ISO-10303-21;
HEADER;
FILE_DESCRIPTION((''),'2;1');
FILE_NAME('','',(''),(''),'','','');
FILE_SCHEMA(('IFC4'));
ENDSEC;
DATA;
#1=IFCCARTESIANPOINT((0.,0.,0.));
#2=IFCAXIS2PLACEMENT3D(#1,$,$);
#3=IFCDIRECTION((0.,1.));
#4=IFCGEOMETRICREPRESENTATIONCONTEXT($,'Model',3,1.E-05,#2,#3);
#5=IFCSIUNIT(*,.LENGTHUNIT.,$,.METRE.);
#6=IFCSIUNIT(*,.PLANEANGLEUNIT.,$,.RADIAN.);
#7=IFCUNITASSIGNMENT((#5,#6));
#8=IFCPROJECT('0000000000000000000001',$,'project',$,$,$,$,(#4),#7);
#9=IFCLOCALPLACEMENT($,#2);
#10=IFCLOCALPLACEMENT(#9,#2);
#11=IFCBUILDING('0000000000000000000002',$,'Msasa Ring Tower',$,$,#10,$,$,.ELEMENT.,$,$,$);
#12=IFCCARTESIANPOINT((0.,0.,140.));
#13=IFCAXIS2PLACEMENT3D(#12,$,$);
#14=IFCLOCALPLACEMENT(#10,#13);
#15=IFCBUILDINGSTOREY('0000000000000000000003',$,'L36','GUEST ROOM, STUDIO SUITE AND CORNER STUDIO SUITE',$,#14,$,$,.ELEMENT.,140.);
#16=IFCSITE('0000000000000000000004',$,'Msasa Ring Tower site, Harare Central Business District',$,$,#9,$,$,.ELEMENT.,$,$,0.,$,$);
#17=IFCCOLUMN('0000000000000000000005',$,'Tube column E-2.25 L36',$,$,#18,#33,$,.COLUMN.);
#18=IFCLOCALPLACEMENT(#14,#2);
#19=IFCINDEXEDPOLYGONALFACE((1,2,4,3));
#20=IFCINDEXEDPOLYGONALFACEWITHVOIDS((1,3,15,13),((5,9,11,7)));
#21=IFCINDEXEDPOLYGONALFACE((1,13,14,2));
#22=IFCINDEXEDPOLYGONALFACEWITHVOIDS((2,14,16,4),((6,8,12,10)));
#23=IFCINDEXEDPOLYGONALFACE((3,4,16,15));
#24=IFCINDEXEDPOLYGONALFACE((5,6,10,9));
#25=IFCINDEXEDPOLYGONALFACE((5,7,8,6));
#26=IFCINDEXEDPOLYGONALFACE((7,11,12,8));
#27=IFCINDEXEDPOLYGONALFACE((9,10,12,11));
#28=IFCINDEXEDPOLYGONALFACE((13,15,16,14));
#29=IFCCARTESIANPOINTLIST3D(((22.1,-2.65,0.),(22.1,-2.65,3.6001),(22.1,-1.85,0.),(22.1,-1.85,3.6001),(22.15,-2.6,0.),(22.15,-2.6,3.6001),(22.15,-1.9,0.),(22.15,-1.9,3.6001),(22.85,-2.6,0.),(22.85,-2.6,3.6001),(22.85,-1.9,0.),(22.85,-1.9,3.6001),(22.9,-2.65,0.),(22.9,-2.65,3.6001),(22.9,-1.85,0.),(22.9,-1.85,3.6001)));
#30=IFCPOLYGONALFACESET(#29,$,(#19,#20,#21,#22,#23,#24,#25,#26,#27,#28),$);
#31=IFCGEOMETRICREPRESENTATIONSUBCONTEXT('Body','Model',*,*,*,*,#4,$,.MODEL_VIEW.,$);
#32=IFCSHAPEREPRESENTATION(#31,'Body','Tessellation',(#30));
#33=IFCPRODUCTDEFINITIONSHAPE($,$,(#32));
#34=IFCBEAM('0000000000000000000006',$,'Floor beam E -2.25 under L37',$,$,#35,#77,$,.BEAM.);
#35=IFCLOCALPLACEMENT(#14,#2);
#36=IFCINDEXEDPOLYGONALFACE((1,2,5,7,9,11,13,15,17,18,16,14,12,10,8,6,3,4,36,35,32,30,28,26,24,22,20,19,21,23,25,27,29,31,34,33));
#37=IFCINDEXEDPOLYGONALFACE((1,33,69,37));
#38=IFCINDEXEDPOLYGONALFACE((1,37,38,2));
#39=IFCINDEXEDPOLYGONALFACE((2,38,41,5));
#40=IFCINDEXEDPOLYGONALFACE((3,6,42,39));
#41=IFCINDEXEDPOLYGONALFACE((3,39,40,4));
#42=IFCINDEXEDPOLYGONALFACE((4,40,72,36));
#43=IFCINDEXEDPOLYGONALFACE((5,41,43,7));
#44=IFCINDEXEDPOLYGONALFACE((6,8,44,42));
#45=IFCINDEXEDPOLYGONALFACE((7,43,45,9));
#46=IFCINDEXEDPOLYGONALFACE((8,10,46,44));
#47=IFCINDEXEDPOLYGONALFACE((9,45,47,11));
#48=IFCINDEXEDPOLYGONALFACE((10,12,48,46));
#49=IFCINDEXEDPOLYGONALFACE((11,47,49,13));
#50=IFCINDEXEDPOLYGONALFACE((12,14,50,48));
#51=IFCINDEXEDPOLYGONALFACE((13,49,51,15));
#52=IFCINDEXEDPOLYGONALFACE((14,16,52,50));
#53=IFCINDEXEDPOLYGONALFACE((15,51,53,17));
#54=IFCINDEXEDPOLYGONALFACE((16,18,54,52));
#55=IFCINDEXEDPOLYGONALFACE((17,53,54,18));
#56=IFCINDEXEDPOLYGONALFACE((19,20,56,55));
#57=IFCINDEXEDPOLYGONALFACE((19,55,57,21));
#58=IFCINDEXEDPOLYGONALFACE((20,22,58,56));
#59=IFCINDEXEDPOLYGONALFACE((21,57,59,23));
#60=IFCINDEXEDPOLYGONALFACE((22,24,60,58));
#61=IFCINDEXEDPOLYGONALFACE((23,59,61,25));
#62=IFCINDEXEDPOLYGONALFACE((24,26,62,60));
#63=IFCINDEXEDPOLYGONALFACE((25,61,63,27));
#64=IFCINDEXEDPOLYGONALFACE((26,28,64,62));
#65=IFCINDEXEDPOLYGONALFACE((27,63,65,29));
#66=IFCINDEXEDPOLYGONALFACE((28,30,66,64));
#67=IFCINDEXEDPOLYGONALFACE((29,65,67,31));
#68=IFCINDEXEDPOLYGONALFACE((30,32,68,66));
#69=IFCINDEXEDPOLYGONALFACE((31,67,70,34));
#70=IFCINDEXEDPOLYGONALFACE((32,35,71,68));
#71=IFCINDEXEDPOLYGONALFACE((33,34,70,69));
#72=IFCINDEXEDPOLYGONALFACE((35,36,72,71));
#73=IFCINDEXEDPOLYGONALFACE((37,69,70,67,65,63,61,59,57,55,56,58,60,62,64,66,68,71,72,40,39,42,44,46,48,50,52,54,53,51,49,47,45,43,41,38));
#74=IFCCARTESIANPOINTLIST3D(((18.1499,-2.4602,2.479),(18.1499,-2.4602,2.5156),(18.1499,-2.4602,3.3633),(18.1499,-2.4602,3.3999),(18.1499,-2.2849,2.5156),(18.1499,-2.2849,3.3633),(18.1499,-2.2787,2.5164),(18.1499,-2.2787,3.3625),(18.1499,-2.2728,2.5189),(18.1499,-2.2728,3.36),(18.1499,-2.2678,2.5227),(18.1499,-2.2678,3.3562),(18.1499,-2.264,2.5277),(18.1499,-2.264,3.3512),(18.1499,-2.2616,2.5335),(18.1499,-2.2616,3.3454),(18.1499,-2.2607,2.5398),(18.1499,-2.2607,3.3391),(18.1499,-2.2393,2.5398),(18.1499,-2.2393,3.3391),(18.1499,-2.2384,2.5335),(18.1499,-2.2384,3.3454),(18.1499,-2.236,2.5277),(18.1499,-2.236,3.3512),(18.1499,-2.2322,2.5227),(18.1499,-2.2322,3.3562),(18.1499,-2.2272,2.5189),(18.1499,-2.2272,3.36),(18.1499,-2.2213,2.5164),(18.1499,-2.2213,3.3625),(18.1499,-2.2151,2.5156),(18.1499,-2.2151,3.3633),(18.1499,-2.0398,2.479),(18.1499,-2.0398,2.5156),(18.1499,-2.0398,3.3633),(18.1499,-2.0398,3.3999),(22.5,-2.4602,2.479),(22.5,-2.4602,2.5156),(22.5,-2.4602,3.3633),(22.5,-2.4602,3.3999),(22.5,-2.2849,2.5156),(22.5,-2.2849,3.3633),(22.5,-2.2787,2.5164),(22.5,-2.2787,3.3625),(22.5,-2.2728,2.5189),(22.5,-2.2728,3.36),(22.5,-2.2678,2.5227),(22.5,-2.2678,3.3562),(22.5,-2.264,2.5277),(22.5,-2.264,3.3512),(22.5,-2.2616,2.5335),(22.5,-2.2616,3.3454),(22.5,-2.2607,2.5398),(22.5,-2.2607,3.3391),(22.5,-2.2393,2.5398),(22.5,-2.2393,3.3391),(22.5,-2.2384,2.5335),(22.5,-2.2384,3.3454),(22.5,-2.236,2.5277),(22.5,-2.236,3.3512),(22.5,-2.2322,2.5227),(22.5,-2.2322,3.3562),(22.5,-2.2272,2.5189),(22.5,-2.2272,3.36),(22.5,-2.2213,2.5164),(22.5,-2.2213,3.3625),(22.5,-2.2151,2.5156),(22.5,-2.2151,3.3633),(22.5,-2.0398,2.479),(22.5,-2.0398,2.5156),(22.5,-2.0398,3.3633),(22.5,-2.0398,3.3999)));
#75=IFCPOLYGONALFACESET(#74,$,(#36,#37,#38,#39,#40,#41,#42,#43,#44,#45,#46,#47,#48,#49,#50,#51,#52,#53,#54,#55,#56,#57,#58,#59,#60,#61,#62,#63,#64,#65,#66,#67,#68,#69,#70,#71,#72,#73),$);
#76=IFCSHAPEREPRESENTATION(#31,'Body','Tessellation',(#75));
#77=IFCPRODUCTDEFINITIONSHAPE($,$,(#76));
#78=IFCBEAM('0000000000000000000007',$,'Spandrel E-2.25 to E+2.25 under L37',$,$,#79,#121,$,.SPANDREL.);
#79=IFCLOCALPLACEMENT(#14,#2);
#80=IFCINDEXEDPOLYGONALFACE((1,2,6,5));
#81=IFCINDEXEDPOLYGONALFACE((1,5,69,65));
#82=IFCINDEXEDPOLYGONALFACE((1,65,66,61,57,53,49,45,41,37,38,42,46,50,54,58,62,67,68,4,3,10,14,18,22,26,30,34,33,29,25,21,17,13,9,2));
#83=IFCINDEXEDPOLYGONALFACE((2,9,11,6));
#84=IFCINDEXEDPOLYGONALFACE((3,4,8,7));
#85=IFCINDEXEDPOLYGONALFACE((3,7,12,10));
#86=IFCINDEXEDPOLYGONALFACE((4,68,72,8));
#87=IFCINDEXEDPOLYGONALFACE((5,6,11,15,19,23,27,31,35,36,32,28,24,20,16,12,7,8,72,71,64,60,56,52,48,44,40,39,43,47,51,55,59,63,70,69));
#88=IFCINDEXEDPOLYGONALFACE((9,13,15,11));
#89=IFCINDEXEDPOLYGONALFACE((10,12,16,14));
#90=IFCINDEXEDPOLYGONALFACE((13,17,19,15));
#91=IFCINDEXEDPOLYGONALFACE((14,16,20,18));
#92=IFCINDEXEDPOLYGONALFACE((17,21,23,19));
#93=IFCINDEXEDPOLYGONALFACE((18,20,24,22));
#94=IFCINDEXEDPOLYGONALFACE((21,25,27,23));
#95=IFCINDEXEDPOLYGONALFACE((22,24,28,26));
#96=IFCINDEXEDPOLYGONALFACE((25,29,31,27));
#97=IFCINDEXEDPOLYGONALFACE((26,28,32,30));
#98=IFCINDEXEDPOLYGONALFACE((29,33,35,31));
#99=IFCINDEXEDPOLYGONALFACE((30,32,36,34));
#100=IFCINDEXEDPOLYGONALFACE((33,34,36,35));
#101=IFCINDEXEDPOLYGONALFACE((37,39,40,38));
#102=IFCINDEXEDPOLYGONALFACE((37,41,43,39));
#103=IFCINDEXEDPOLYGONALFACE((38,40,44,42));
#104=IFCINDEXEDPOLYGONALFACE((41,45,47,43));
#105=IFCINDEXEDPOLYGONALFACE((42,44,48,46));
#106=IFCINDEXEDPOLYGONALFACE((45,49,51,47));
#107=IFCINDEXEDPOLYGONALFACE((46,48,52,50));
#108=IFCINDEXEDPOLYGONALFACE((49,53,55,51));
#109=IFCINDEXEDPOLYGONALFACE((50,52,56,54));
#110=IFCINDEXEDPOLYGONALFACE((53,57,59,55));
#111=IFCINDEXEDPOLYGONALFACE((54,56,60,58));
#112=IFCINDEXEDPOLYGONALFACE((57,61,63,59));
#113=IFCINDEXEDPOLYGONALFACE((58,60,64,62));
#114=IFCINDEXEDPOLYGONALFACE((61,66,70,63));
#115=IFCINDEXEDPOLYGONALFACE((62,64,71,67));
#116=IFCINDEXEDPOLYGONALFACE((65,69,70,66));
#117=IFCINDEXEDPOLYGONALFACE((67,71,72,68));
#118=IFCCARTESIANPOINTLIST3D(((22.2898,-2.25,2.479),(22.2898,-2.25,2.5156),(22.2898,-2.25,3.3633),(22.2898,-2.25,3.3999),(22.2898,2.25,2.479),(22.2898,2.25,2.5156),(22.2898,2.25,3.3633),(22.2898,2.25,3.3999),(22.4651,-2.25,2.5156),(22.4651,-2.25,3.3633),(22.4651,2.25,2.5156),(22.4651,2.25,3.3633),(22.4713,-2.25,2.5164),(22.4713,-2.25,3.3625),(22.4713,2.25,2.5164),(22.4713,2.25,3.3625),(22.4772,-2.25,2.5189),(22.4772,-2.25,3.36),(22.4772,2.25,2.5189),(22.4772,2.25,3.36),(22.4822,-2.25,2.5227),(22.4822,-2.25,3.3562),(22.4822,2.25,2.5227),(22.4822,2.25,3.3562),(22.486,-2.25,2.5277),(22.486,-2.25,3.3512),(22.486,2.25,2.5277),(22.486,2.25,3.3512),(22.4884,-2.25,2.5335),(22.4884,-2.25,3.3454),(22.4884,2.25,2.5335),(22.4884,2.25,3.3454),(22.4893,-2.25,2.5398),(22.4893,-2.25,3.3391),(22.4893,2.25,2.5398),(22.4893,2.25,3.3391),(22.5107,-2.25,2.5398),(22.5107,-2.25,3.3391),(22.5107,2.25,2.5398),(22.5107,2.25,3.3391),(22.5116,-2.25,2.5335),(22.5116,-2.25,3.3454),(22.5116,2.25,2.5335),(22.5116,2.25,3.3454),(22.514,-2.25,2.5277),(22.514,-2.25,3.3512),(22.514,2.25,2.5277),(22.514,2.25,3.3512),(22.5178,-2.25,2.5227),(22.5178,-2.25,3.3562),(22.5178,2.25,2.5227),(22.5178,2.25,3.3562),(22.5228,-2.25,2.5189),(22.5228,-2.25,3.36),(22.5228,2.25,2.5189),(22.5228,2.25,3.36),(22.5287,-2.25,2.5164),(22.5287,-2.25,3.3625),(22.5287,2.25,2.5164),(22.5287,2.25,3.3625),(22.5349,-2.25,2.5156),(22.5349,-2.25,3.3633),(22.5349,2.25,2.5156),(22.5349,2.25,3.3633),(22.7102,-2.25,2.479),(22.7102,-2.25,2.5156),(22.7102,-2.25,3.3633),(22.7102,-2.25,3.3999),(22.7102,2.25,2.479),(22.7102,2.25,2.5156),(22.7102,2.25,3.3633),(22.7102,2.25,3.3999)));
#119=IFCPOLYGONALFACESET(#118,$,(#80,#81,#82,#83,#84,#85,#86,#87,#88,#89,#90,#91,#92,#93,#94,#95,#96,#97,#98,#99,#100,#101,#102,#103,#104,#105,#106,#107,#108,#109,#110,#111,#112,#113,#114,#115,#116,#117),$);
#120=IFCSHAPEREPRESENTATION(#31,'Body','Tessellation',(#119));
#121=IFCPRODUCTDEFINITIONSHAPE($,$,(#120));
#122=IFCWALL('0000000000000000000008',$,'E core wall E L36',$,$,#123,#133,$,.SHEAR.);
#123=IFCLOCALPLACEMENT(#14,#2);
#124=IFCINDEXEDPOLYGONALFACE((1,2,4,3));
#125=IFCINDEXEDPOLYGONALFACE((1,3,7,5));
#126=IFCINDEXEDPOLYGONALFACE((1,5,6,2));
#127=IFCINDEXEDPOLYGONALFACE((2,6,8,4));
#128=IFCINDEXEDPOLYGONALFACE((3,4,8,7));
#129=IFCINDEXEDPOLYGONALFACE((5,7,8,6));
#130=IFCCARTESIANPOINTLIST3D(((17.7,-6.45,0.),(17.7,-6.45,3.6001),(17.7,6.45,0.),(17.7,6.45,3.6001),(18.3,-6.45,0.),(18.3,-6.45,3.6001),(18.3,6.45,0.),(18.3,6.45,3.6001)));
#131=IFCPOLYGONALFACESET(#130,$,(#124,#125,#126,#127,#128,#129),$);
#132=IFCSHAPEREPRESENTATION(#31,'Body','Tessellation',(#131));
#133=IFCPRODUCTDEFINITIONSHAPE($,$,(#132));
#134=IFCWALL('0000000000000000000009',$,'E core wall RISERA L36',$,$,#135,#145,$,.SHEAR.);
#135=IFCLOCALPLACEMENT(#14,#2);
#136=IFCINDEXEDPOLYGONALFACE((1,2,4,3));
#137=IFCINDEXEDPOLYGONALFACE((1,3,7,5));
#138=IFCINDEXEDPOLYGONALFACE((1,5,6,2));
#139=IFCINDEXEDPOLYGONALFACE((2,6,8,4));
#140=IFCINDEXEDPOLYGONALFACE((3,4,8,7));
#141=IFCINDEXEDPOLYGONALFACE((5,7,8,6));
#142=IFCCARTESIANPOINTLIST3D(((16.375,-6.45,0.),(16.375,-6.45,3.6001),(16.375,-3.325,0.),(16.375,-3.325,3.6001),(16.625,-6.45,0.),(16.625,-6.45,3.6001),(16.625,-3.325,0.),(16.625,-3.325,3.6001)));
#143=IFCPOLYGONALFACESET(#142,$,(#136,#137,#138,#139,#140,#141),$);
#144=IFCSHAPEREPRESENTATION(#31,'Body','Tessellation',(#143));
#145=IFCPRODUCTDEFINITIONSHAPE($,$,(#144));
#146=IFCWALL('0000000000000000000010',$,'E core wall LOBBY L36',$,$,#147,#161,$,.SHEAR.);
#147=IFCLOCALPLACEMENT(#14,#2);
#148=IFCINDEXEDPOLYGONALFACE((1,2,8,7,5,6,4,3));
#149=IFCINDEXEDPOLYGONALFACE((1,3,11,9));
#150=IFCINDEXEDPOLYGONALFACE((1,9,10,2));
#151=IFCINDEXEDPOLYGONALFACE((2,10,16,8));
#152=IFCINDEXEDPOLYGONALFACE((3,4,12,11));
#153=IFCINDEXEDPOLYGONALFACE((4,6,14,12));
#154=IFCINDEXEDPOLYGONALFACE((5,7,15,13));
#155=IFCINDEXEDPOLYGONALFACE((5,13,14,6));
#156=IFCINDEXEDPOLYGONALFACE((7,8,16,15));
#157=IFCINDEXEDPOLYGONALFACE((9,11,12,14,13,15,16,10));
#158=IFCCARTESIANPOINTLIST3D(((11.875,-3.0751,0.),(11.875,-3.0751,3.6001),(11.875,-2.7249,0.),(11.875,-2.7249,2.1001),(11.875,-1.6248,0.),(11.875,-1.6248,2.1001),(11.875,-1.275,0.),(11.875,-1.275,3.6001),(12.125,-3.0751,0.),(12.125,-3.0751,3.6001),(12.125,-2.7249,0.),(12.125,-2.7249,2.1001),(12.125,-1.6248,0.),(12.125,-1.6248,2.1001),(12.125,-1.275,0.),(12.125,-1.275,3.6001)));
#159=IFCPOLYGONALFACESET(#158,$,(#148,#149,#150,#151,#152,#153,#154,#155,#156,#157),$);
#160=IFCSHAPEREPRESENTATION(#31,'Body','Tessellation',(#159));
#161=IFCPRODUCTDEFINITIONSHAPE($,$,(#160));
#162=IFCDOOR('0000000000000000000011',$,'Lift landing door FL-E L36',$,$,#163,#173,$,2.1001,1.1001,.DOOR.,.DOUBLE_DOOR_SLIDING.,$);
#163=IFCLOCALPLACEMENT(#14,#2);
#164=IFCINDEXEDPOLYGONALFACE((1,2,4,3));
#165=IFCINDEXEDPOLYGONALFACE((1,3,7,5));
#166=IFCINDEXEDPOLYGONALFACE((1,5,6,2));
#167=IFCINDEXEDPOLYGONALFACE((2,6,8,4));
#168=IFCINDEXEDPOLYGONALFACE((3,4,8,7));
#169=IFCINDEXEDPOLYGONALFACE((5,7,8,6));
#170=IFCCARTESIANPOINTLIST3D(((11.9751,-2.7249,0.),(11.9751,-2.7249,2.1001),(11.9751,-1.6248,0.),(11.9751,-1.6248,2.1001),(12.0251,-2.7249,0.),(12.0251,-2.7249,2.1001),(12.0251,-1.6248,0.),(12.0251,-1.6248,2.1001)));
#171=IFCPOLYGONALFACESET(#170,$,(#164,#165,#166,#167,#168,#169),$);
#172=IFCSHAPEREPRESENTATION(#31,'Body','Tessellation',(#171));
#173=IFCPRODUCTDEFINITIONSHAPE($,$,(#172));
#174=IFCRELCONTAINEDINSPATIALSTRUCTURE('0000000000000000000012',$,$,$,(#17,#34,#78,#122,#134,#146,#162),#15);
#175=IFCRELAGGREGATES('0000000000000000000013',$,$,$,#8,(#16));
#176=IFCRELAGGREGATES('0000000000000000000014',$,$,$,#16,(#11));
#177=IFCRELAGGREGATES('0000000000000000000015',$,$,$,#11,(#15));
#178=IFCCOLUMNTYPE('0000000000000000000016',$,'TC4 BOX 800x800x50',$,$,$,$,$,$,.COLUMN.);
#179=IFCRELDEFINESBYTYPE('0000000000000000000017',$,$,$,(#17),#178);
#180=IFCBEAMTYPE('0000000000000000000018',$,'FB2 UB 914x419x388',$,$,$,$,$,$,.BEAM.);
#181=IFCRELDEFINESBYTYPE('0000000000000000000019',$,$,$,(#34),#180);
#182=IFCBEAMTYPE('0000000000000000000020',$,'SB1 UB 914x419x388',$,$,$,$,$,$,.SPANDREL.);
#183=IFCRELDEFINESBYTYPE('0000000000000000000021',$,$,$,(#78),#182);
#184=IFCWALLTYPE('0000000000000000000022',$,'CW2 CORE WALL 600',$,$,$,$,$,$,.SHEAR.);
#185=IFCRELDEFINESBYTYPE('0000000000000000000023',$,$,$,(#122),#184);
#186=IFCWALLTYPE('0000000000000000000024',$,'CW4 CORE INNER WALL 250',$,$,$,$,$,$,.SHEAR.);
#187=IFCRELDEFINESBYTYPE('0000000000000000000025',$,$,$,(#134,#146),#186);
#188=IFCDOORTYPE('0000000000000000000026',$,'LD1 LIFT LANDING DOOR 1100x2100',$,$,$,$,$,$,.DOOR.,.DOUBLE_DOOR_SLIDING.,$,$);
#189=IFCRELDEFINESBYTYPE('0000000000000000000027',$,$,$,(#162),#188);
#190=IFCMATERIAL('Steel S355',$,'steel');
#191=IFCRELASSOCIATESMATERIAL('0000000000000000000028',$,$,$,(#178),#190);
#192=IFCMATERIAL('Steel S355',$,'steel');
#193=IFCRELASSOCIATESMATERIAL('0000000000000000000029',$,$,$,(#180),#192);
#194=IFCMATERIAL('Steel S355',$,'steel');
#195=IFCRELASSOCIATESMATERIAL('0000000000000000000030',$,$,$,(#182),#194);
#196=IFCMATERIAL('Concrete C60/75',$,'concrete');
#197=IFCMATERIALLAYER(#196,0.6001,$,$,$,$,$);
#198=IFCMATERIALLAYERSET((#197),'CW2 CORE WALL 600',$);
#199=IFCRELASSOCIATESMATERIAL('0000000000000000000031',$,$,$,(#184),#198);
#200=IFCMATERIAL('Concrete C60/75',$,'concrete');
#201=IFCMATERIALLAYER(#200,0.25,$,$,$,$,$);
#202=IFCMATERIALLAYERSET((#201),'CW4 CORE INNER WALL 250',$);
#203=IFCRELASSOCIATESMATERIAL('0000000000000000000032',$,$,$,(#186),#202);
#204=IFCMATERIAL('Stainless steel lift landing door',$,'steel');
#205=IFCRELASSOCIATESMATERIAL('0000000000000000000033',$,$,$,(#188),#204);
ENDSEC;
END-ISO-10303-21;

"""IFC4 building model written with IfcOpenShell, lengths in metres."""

from ifc_helpers import new_model, si_unit, direction, frame, frame_2d, origin, origin_2d, place, context, subcontext, project, spatial, rectangle, hollow_rectangle, i_section, extrude, material, layer, layer_set, material_profile, profile_set, type_object, element, fill, save


model = new_model("IFC4")

# Units and contexts
model_context = context("Model", 3, precision=1e-05, world=origin(), true_north=direction((0.0, 1.0)))
body_context = subcontext(model_context, "Body", "Model", "MODEL_VIEW")
ifc_project = project(units=[si_unit("LENGTHUNIT", "METRE"), si_unit("PLANEANGLEUNIT", "RADIAN")], contexts=[model_context])

# Site, building, storey
site_placement = place(None, origin())
site = spatial("IfcSite", under=ifc_project, at=site_placement, Name="Msasa Ring Tower site, Harare Central Business District", CompositionType="ELEMENT", RefElevation=0.0)
building_placement = place(site_placement, origin())
building = spatial("IfcBuilding", under=site, at=building_placement, Name="Msasa Ring Tower", CompositionType="ELEMENT")
storey_placement = place(building_placement, frame((0.0, 0.0, 140.0)))
storey = spatial("IfcBuildingStorey", under=building, at=storey_placement, Name="L36", Description="GUEST ROOM, STUDIO SUITE AND CORNER STUDIO SUITE", CompositionType="ELEMENT", Elevation=140.0)

# Column
ifc_material_1 = material(Name="Steel S355", Category="steel")
ifc_material_profile_1 = material_profile(ifc_material_1, hollow_rectangle(XDim=0.8, YDim=0.8, WallThickness=0.05, at=origin_2d()), Name="BOX 800x800x50")
ifc_profile_set_1 = profile_set([ifc_material_profile_1], Name="Steel S355")
column_type = type_object("IfcColumnType", Name="TC4 BOX 800x800x50", PredefinedType="COLUMN", material=ifc_profile_set_1)
column_placement = place(storey_placement, frame((22.5, -2.25, 0.0), z_axis=(0.0, 0.0, 1.0), x_axis=(1.0, 0.0, 0.0)))
element("IfcColumn", 1, at=column_placement, inside=storey, type_object=column_type, Name="Tube column E-2.25 L36", PredefinedType="COLUMN", context=body_context, shape_type="SweptSolid", body=[
    extrude(hollow_rectangle(XDim=0.8, YDim=0.8, WallThickness=0.05, at=origin_2d()), origin(), (0.0, 0.0, 1.0), 3.6001),
])

# Beams
ifc_material_2 = material(Name="Steel S355", Category="steel")
ifc_material_profile_2 = material_profile(ifc_material_2, i_section(OverallWidth=0.4204, OverallDepth=0.9209, WebThickness=0.0215, FlangeThickness=0.0366, FilletRadius=0.0242, at=origin_2d()), Name="UB 914x419x388")
ifc_profile_set_2 = profile_set([ifc_material_profile_2], Name="Steel S355")
beam_type_1 = type_object("IfcBeamType", Name="FB2 UB 914x419x388", PredefinedType="BEAM", material=ifc_profile_set_2)
beam_1_placement = place(storey_placement, frame((22.5, -2.25, 2.9395), z_axis=(-1.0, 0.0, 0.0), x_axis=(0.0, -1.0, 0.0)))
element("IfcBeam", 2, at=beam_1_placement, inside=storey, type_object=beam_type_1, Name="Floor beam E -2.25 under L37", PredefinedType="BEAM", context=body_context, shape_type="SweptSolid", body=[
    extrude(i_section(OverallWidth=0.4204, OverallDepth=0.9209, WebThickness=0.0215, FlangeThickness=0.0366, FilletRadius=0.0242, at=origin_2d()), origin(), (0.0, 0.0, 1.0), 4.3501),
])
ifc_material_3 = material(Name="Steel S355", Category="steel")
ifc_material_profile_3 = material_profile(ifc_material_3, i_section(OverallWidth=0.4204, OverallDepth=0.9209, WebThickness=0.0215, FlangeThickness=0.0366, FilletRadius=0.0242, at=origin_2d()), Name="UB 914x419x388")
ifc_profile_set_3 = profile_set([ifc_material_profile_3], Name="Steel S355")
beam_type_2 = type_object("IfcBeamType", Name="SB1 UB 914x419x388", PredefinedType="SPANDREL", material=ifc_profile_set_3)
beam_2_placement = place(storey_placement, frame((22.5, -2.25, 2.9395), z_axis=(0.0, 1.0, 0.0), x_axis=(-1.0, 0.0, 0.0)))
element("IfcBeam", 3, at=beam_2_placement, inside=storey, type_object=beam_type_2, Name="Spandrel E-2.25 to E+2.25 under L37", PredefinedType="SPANDREL", context=body_context, shape_type="SweptSolid", body=[
    extrude(i_section(OverallWidth=0.4204, OverallDepth=0.9209, WebThickness=0.0215, FlangeThickness=0.0366, FilletRadius=0.0242, at=origin_2d()), origin(), (0.0, 0.0, 1.0), 4.5),
])

# Walls
ifc_material_4 = material(Name="Concrete C60/75", Category="concrete")
ifc_layer_1 = layer(ifc_material_4, 0.6001)
ifc_layer_set_1 = layer_set([ifc_layer_1], Name="CW2 CORE WALL 600")
wall_type_1 = type_object("IfcWallType", Name="CW2 CORE WALL 600", PredefinedType="SHEAR", material=ifc_layer_set_1)
wall_1_placement = place(storey_placement, frame((18.0, -6.45, 0.0), z_axis=(0.0, 0.0, 1.0), x_axis=(0.0, 1.0, 0.0)))
element("IfcWall", 4, at=wall_1_placement, inside=storey, type_object=wall_type_1, Name="E core wall E L36", PredefinedType="SHEAR", context=body_context, shape_type="SweptSolid", body=[
    extrude(rectangle(XDim=12.8999, YDim=0.6001, at=frame_2d((6.45, 0.0))), origin(), (0.0, 0.0, 1.0), 3.6001),
])
ifc_material_5 = material(Name="Concrete C60/75", Category="concrete")
ifc_layer_2 = layer(ifc_material_5, 0.25)
ifc_layer_set_2 = layer_set([ifc_layer_2], Name="CW4 CORE INNER WALL 250")
wall_type_2 = type_object("IfcWallType", Name="CW4 CORE INNER WALL 250", PredefinedType="SHEAR", material=ifc_layer_set_2)
wall_2_placement = place(storey_placement, frame((16.5, -6.45, 0.0), z_axis=(0.0, 0.0, 1.0), x_axis=(0.0, 1.0, 0.0)))
element("IfcWall", 5, at=wall_2_placement, inside=storey, type_object=wall_type_2, Name="E core wall RISERA L36", PredefinedType="SHEAR", context=body_context, shape_type="SweptSolid", body=[
    extrude(rectangle(XDim=3.125, YDim=0.25, at=frame_2d((1.5625, 0.0))), origin(), (0.0, 0.0, 1.0), 3.6001),
])

# Wall, opening, door
wall_3_placement = place(storey_placement, frame((12.0, -3.075, 0.0), z_axis=(0.0, 0.0, 1.0), x_axis=(0.0, 1.0, 0.0)))
wall_3 = element("IfcWall", 6, at=wall_3_placement, inside=storey, type_object=wall_type_2, Name="E core wall LOBBY L36", PredefinedType="SHEAR", context=body_context, shape_type="SweptSolid", body=[
    extrude(rectangle(XDim=1.8, YDim=0.25, at=frame_2d((0.8999, 0.0))), origin(), (0.0, 0.0, 1.0), 3.6001),
])
opening_1_placement = place(wall_3_placement, frame((0.3501, 0.0, 0.0)))
opening_1 = element("IfcOpeningElement", 7, at=opening_1_placement, cuts=wall_3, PredefinedType="OPENING", context=body_context, shape_type="SweptSolid", body=[
    extrude(rectangle(XDim=1.1001, YDim=2.1001, at=frame_2d((0.55, 1.05))), frame((0.0, 0.135, 0.0), z_axis=(0.0, -1.0, 0.0), x_axis=(1.0, 0.0, 0.0)), (0.0, 0.0, 1.0), 0.27),
])
ifc_material_6 = material(Name="Stainless steel lift landing door", Category="steel")
door_type = type_object("IfcDoorType", Name="LD1 LIFT LANDING DOOR 1100x2100", OperationType="DOUBLE_DOOR_SLIDING", PredefinedType="DOOR", material=ifc_material_6)
door_1_placement = place(opening_1_placement, origin())
door_1 = element("IfcDoor", 8, at=door_1_placement, inside=storey, type_object=door_type, Name="Lift landing door FL-E L36", OperationType="DOUBLE_DOOR_SLIDING", OverallHeight=2.1001, OverallWidth=1.1001, PredefinedType="DOOR", context=body_context, shape_type="SweptSolid", body=[
    extrude(rectangle(XDim=1.1001, YDim=2.1001, at=frame_2d((0.55, 1.05))), frame((0.0, 0.0249, 0.0), z_axis=(0.0, -1.0, 0.0), x_axis=(1.0, 0.0, 0.0)), (0.0, 0.0, 1.0), 0.05),
])
fill(opening_1, door_1)

save(model, "model.ifc")
